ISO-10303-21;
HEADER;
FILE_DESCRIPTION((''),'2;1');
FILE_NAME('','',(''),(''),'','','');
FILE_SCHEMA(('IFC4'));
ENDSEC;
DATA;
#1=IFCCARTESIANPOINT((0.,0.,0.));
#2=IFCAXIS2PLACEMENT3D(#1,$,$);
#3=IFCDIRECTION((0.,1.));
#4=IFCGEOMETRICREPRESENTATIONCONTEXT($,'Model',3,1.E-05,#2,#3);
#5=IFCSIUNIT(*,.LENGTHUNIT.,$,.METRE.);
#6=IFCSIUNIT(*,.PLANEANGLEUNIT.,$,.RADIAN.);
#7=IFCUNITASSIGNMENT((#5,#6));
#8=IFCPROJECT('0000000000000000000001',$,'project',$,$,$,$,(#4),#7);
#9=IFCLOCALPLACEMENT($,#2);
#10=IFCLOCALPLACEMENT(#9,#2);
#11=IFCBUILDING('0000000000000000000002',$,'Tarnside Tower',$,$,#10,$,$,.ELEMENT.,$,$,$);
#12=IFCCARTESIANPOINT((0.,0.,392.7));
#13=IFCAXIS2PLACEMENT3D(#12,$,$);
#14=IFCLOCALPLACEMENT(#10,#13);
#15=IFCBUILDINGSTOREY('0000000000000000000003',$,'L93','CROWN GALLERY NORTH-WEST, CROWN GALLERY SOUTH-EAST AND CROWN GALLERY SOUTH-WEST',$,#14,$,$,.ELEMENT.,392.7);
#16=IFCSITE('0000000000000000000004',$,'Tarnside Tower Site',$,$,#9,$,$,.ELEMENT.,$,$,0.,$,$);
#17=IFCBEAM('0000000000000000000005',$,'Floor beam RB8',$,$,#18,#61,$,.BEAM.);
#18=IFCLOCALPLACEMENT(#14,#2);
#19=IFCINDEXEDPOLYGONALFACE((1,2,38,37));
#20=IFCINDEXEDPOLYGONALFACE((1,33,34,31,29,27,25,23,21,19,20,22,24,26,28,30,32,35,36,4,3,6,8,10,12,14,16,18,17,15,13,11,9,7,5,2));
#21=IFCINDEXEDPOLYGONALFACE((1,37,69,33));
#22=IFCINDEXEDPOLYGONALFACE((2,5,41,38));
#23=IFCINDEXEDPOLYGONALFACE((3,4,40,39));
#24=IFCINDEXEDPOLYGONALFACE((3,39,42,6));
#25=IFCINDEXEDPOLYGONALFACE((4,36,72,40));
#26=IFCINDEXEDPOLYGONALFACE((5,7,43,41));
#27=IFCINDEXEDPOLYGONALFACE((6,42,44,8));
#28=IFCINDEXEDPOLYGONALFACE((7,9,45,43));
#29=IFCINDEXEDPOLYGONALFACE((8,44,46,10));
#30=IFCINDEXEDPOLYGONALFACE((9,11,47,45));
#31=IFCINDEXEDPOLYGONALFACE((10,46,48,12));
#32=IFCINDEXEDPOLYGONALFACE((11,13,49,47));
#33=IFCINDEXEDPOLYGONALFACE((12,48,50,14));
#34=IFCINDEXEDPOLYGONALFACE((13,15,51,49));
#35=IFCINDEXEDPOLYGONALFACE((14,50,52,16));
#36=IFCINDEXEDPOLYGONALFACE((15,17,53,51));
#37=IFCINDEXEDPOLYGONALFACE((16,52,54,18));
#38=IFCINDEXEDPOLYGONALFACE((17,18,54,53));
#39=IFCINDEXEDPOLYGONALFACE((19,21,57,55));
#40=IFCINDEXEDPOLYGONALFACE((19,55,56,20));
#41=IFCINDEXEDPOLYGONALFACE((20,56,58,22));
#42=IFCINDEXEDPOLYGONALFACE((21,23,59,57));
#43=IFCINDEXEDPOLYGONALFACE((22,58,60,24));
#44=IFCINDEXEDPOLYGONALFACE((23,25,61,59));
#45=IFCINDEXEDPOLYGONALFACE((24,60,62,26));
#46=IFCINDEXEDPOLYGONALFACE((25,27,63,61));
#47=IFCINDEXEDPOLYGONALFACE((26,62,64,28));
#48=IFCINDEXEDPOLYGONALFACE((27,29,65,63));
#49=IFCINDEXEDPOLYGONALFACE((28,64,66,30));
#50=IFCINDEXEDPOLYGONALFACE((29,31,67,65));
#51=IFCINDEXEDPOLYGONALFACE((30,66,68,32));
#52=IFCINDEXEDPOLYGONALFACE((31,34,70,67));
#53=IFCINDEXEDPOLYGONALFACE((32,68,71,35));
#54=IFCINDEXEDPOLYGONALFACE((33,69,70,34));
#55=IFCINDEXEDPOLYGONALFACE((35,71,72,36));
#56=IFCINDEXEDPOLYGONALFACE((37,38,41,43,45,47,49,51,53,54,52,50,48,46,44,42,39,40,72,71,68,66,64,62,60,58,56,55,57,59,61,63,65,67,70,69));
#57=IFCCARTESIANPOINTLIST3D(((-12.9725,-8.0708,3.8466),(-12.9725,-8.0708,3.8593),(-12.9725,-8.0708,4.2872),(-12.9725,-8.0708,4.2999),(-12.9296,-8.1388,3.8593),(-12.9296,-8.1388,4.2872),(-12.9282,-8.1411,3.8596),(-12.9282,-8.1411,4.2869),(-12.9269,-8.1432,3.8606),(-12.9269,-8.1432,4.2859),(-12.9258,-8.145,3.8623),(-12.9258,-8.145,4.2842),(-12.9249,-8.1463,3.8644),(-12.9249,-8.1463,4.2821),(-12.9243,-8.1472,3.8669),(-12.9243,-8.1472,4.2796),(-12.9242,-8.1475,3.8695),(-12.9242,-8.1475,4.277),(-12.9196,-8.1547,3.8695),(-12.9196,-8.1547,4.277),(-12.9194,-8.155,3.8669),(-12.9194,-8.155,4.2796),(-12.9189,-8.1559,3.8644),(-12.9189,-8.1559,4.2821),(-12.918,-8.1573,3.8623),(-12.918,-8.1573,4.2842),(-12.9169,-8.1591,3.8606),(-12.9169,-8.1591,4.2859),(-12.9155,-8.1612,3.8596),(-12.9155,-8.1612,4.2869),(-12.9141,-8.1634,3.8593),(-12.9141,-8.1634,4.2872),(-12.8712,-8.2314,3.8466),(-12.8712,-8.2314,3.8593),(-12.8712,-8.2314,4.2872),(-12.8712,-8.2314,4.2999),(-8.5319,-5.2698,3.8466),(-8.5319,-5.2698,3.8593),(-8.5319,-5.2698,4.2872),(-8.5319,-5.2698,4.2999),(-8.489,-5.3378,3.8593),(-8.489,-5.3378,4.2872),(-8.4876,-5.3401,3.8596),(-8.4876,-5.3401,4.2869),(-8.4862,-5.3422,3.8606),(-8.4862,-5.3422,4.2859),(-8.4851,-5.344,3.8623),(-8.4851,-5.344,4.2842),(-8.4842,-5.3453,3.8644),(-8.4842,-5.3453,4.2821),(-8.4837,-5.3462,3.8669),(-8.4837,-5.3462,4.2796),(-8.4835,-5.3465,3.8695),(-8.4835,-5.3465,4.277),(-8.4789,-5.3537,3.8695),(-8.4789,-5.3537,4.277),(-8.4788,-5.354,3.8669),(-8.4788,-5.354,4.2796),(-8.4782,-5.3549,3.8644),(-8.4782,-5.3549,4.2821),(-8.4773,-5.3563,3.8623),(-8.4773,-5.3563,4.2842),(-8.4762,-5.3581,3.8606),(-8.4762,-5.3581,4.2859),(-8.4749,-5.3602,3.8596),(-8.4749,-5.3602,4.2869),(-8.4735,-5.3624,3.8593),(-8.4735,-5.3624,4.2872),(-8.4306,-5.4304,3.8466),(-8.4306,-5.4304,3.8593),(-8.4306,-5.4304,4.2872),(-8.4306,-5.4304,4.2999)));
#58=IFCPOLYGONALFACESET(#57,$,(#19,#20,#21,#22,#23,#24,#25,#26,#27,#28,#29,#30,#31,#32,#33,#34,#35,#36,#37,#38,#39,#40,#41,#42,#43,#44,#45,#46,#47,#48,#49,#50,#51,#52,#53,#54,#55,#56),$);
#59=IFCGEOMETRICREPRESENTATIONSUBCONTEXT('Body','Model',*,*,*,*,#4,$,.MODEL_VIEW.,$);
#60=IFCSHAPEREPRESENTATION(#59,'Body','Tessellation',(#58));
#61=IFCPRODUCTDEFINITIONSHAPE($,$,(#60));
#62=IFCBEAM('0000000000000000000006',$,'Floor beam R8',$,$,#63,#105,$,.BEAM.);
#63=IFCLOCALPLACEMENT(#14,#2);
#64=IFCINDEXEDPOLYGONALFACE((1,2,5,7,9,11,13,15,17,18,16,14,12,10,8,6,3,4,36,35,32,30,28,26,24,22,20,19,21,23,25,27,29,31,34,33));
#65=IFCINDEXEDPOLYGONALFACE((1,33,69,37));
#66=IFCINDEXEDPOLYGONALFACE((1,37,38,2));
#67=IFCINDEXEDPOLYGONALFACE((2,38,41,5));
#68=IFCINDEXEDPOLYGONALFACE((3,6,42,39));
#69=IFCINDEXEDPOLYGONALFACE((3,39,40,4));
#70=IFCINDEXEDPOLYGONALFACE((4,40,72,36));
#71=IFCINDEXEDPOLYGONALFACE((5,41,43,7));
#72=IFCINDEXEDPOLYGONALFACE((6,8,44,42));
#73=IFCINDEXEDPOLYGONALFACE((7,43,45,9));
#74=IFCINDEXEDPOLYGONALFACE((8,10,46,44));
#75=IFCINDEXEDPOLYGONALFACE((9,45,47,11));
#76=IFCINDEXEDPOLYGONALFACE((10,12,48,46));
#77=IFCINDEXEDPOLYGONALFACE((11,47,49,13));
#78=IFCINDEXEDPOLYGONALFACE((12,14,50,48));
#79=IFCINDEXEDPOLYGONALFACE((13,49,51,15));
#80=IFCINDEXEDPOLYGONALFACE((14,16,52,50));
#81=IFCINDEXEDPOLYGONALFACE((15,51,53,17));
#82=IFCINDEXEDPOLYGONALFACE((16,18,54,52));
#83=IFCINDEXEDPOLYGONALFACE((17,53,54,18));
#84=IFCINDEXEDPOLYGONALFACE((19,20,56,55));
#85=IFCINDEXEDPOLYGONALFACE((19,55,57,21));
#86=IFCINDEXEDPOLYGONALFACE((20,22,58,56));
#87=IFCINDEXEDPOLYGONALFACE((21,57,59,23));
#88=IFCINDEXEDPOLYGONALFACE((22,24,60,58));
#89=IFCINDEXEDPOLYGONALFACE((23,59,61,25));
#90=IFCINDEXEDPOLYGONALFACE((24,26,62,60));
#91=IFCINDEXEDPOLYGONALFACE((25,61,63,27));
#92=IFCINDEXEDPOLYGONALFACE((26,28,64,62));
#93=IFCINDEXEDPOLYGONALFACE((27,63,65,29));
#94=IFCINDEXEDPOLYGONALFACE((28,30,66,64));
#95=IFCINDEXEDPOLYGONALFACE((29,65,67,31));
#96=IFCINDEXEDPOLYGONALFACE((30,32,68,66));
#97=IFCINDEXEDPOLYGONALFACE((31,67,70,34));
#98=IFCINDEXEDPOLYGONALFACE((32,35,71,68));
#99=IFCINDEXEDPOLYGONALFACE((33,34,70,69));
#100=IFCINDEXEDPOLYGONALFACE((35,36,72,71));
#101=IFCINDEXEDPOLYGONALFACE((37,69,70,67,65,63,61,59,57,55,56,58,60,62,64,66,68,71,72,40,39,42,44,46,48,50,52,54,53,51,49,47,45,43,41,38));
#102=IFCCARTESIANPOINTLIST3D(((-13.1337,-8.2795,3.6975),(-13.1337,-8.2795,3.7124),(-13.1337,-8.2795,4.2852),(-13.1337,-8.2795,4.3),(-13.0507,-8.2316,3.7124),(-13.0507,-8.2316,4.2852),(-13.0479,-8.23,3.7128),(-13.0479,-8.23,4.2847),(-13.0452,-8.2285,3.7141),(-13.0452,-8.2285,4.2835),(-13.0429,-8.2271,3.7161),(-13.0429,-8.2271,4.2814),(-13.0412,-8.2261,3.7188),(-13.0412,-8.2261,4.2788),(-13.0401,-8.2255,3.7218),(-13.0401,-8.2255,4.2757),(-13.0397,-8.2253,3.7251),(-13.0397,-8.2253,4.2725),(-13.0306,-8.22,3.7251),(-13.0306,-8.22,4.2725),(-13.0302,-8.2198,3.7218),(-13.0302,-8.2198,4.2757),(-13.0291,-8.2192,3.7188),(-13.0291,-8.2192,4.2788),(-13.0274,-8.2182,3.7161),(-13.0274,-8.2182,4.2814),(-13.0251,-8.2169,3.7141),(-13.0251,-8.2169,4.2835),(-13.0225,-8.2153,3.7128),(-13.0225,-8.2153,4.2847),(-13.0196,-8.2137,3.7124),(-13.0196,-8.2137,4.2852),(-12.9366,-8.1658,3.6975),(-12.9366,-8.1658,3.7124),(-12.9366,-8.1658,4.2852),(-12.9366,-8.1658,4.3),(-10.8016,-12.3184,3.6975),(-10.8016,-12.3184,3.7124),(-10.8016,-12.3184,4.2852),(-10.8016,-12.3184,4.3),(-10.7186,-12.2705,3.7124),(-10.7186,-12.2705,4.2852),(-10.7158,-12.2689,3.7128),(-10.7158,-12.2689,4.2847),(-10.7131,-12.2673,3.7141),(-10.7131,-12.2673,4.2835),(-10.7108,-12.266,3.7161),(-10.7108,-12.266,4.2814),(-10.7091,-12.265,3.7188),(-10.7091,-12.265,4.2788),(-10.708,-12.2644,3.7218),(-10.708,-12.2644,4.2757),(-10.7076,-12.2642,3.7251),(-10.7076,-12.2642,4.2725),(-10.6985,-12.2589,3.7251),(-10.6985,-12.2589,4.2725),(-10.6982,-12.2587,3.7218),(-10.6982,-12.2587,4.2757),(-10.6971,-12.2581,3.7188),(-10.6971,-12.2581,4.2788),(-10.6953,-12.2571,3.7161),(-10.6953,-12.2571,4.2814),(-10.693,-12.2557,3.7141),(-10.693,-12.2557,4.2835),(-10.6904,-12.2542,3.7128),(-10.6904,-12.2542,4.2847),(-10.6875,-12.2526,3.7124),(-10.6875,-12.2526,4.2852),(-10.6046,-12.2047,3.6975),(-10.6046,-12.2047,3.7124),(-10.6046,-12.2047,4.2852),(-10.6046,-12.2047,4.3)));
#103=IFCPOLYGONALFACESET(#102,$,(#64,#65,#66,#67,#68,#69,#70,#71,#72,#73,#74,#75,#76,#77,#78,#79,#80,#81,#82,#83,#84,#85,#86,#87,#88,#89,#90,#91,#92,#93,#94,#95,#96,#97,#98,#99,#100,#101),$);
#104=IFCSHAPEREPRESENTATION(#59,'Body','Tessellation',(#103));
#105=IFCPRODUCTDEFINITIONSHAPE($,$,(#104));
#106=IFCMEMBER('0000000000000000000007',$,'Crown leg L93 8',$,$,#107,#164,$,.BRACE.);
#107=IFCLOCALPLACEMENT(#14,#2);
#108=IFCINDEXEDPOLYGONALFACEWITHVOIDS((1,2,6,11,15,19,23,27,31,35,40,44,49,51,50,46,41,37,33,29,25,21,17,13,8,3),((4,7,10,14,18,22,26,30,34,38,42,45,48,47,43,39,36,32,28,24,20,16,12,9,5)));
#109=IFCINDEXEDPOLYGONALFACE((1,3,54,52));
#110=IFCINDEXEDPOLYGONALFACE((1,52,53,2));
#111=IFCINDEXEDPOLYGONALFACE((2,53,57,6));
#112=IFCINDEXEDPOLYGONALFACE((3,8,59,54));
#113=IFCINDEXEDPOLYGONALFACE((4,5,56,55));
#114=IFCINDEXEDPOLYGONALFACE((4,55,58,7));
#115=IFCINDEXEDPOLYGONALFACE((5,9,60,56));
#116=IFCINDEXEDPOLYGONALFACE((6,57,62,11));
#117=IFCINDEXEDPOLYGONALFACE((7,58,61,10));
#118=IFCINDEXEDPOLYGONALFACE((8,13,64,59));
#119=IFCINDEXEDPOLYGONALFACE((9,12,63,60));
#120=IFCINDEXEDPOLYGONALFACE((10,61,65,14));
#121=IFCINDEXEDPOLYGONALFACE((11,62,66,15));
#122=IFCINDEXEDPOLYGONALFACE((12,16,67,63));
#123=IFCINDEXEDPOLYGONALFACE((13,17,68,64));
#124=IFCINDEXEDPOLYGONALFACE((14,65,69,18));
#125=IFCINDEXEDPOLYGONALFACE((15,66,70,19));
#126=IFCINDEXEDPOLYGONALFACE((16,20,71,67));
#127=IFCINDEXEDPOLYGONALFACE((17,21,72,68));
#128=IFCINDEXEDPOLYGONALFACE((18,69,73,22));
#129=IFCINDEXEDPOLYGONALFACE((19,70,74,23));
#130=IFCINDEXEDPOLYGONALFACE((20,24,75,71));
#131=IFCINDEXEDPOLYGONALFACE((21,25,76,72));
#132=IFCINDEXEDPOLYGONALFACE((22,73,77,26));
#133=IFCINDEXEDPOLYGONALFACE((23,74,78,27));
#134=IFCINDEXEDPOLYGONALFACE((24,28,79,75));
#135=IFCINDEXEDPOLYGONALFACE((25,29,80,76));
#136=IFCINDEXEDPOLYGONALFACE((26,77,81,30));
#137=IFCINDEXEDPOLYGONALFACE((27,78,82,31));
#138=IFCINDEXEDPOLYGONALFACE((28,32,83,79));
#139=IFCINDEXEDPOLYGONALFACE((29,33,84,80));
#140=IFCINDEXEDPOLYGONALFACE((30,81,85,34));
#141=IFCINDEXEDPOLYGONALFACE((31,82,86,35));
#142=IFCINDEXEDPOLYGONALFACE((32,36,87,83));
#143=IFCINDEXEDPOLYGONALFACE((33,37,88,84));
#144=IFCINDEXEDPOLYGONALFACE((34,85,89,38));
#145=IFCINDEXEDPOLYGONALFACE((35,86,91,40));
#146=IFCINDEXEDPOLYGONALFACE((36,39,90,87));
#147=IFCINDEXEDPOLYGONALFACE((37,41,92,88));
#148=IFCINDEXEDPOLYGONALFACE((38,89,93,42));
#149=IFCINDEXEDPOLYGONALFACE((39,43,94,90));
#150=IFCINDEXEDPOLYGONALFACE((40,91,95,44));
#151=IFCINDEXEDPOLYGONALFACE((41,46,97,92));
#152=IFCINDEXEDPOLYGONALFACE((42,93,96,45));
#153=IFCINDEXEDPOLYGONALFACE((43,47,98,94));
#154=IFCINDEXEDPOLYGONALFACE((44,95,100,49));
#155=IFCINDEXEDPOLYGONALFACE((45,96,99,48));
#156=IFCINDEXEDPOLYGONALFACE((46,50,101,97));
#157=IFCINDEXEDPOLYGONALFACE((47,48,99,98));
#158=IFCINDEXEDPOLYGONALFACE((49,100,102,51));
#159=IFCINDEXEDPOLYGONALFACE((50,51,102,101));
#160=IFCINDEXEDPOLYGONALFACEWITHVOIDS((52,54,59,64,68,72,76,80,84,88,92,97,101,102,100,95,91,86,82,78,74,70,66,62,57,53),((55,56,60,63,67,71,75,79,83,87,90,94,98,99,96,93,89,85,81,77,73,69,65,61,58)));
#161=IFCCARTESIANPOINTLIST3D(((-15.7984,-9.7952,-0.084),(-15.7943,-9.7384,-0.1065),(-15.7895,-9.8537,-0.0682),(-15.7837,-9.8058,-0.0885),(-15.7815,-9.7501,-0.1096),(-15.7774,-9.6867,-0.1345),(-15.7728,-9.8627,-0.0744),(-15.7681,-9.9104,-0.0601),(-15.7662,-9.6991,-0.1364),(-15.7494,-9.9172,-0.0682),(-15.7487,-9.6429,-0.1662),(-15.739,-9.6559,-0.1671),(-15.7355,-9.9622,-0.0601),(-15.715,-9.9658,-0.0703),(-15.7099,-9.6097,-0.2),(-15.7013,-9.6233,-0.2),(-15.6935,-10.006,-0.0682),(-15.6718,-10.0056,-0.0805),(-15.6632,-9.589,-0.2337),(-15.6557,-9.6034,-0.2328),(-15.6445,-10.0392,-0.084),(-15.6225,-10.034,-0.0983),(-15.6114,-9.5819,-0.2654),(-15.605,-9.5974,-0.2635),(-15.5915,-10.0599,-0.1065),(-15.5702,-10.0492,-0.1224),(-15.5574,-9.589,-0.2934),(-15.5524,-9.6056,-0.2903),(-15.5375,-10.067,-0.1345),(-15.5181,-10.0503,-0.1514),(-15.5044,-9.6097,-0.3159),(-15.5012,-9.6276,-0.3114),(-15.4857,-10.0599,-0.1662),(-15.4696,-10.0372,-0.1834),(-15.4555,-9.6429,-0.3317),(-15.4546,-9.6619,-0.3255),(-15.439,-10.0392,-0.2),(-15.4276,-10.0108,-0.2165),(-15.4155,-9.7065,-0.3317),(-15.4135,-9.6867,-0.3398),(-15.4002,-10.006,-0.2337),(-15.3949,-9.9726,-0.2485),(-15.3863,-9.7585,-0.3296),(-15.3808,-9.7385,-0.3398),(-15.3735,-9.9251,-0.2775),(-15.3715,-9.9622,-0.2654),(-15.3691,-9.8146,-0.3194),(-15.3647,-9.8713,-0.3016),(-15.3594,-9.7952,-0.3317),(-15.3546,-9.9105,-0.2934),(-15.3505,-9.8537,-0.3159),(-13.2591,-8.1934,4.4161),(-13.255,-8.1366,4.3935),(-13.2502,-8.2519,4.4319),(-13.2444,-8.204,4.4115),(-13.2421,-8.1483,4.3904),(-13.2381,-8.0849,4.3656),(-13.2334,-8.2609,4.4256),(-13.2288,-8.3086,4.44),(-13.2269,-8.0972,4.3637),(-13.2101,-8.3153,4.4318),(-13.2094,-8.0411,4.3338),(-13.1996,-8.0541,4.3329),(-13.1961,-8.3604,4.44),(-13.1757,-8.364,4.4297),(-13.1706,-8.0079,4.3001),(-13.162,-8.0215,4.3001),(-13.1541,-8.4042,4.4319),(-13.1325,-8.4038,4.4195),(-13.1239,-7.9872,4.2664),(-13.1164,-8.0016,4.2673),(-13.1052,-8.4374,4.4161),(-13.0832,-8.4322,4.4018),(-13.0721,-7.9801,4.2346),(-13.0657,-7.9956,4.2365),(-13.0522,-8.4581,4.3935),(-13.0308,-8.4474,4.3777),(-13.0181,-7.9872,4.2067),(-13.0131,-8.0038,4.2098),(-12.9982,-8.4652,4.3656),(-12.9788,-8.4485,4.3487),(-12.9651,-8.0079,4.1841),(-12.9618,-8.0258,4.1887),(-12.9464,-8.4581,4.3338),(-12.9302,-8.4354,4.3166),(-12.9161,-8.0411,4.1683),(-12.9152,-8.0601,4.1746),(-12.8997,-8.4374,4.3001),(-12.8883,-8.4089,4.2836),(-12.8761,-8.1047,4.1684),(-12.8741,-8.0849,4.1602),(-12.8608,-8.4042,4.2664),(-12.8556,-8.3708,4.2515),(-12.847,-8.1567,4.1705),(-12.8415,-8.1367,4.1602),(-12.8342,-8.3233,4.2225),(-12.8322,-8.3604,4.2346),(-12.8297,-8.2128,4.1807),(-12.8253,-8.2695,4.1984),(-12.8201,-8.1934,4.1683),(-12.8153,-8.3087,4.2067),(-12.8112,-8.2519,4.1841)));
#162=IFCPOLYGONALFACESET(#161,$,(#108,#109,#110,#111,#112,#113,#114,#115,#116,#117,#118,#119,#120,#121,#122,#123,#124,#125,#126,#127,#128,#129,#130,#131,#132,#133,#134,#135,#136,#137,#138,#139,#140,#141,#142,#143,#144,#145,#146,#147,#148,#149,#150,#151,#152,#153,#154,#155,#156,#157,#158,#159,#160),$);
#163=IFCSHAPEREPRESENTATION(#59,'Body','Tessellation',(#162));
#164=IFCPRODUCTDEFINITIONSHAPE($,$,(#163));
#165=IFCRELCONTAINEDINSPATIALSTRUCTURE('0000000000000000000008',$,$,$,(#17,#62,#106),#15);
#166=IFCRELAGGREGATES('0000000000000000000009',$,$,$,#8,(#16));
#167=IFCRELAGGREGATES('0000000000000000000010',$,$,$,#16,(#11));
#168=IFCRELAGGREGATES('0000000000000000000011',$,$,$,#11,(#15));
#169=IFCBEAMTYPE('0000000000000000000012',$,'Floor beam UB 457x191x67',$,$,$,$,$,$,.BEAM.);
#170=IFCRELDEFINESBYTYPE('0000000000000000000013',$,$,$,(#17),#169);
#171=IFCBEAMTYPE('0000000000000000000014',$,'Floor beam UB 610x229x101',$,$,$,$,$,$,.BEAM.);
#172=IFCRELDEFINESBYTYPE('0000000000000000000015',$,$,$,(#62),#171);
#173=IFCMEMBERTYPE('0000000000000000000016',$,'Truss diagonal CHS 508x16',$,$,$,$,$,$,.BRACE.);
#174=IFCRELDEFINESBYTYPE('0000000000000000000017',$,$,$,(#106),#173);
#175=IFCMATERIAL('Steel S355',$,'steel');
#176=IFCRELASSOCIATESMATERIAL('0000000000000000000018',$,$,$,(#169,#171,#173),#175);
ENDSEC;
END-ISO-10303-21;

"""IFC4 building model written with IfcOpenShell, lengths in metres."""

from ifc_helpers import new_model, si_unit, direction, frame, origin, origin_2d, place, context, subcontext, project, spatial, hollow_circle, i_section, extrude, material, material_profile, profile_set, type_object, element, save


model = new_model("IFC4")

# Units and contexts
model_context = context("Model", 3, precision=1e-05, world=origin(), true_north=direction((0.0, 1.0)))
body_context = subcontext(model_context, "Body", "Model", "MODEL_VIEW")
ifc_project = project(units=[si_unit("LENGTHUNIT", "METRE"), si_unit("PLANEANGLEUNIT", "RADIAN")], contexts=[model_context])

# Site, building, storey
site_placement = place(None, origin())
site = spatial("IfcSite", under=ifc_project, at=site_placement, Name="Tarnside Tower Site", CompositionType="ELEMENT", RefElevation=0.0)
building_placement = place(site_placement, origin())
building = spatial("IfcBuilding", under=site, at=building_placement, Name="Tarnside Tower", CompositionType="ELEMENT")
storey_placement = place(building_placement, frame((0.0, 0.0, 392.7)))
storey = spatial("IfcBuildingStorey", under=building, at=storey_placement, Name="L93", Description="CROWN GALLERY NORTH-WEST, CROWN GALLERY SOUTH-EAST AND CROWN GALLERY SOUTH-WEST", CompositionType="ELEMENT", Elevation=392.7)

# Beams
ifc_material_1 = material(Name="Steel S355", Category="steel")
ifc_material_profile_1 = material_profile(ifc_material_1, i_section(OverallWidth=0.1899, OverallDepth=0.4534, WebThickness=0.0085, FlangeThickness=0.0127, FilletRadius=0.0103, at=origin_2d()), Name="UB 457x191x67")
ifc_profile_set_1 = profile_set([ifc_material_profile_1], Name="Steel S355")
beam_type_1 = type_object("IfcBeamType", Name="Floor beam UB 457x191x67", PredefinedType="BEAM", material=ifc_profile_set_1)
beam_1_placement = place(storey_placement, frame((-12.9219, -8.1511, 4.0732), z_axis=(0.845799, 0.533501, 0.0), x_axis=(-0.533501, 0.845799, 0.0)))
element("IfcBeam", 1, at=beam_1_placement, inside=storey, type_object=beam_type_1, Name="Floor beam RB8", PredefinedType="BEAM", context=body_context, shape_type="SweptSolid", body=[
    extrude(i_section(OverallWidth=0.1899, OverallDepth=0.4534, WebThickness=0.0085, FlangeThickness=0.0127, FilletRadius=0.0103, at=origin_2d()), origin(), (0.0, 0.0, 1.0), 5.2502),
])
ifc_material_profile_2 = material_profile(ifc_material_1, i_section(OverallWidth=0.2275, OverallDepth=0.6025, WebThickness=0.0105, FlangeThickness=0.0149, FilletRadius=0.0127, at=origin_2d()), Name="UB 610x229x101")
ifc_profile_set_2 = profile_set([ifc_material_profile_2], Name="Steel S355")
beam_type_2 = type_object("IfcBeamType", Name="Floor beam UB 610x229x101", PredefinedType="BEAM", material=ifc_profile_set_2)
beam_2_placement = place(storey_placement, frame((-13.0352, -8.2227, 3.9988), z_axis=(0.500035, -0.866005, 0.0), x_axis=(0.866005, 0.500035, 0.0)))
element("IfcBeam", 2, at=beam_2_placement, inside=storey, type_object=beam_type_2, Name="Floor beam R8", PredefinedType="BEAM", context=body_context, shape_type="SweptSolid", body=[
    extrude(i_section(OverallWidth=0.2275, OverallDepth=0.6025, WebThickness=0.0105, FlangeThickness=0.0149, FilletRadius=0.0127, at=origin_2d()), origin(), (0.0, 0.0, 1.0), 4.6638),
])

# Member
ifc_material_profile_3 = material_profile(ifc_material_1, hollow_circle(Radius=0.2539, WallThickness=0.0161, at=origin_2d()), Name="CHS 508x16")
ifc_profile_set_3 = profile_set([ifc_material_profile_3], Name="Steel S355")
member_type_1 = type_object("IfcMemberType", Name="Truss diagonal CHS 508x16", PredefinedType="BRACE", material=ifc_profile_set_3)
member_1_placement = place(storey_placement, frame((-15.5745, -9.8245, -0.2), z_axis=(0.469407, 0.296104, 0.831853), x_axis=(-0.533525, 0.845784, 0.0)))
element("IfcMember", 3, at=member_1_placement, inside=storey, type_object=member_type_1, Name="Crown leg L93 8", PredefinedType="BRACE", context=body_context, shape_type="SweptSolid", body=[
    extrude(hollow_circle(Radius=0.2539, WallThickness=0.0161, at=origin_2d()), origin(), (0.0, 0.0, 1.0), 5.4097),
])

save(model, "model.ifc")
